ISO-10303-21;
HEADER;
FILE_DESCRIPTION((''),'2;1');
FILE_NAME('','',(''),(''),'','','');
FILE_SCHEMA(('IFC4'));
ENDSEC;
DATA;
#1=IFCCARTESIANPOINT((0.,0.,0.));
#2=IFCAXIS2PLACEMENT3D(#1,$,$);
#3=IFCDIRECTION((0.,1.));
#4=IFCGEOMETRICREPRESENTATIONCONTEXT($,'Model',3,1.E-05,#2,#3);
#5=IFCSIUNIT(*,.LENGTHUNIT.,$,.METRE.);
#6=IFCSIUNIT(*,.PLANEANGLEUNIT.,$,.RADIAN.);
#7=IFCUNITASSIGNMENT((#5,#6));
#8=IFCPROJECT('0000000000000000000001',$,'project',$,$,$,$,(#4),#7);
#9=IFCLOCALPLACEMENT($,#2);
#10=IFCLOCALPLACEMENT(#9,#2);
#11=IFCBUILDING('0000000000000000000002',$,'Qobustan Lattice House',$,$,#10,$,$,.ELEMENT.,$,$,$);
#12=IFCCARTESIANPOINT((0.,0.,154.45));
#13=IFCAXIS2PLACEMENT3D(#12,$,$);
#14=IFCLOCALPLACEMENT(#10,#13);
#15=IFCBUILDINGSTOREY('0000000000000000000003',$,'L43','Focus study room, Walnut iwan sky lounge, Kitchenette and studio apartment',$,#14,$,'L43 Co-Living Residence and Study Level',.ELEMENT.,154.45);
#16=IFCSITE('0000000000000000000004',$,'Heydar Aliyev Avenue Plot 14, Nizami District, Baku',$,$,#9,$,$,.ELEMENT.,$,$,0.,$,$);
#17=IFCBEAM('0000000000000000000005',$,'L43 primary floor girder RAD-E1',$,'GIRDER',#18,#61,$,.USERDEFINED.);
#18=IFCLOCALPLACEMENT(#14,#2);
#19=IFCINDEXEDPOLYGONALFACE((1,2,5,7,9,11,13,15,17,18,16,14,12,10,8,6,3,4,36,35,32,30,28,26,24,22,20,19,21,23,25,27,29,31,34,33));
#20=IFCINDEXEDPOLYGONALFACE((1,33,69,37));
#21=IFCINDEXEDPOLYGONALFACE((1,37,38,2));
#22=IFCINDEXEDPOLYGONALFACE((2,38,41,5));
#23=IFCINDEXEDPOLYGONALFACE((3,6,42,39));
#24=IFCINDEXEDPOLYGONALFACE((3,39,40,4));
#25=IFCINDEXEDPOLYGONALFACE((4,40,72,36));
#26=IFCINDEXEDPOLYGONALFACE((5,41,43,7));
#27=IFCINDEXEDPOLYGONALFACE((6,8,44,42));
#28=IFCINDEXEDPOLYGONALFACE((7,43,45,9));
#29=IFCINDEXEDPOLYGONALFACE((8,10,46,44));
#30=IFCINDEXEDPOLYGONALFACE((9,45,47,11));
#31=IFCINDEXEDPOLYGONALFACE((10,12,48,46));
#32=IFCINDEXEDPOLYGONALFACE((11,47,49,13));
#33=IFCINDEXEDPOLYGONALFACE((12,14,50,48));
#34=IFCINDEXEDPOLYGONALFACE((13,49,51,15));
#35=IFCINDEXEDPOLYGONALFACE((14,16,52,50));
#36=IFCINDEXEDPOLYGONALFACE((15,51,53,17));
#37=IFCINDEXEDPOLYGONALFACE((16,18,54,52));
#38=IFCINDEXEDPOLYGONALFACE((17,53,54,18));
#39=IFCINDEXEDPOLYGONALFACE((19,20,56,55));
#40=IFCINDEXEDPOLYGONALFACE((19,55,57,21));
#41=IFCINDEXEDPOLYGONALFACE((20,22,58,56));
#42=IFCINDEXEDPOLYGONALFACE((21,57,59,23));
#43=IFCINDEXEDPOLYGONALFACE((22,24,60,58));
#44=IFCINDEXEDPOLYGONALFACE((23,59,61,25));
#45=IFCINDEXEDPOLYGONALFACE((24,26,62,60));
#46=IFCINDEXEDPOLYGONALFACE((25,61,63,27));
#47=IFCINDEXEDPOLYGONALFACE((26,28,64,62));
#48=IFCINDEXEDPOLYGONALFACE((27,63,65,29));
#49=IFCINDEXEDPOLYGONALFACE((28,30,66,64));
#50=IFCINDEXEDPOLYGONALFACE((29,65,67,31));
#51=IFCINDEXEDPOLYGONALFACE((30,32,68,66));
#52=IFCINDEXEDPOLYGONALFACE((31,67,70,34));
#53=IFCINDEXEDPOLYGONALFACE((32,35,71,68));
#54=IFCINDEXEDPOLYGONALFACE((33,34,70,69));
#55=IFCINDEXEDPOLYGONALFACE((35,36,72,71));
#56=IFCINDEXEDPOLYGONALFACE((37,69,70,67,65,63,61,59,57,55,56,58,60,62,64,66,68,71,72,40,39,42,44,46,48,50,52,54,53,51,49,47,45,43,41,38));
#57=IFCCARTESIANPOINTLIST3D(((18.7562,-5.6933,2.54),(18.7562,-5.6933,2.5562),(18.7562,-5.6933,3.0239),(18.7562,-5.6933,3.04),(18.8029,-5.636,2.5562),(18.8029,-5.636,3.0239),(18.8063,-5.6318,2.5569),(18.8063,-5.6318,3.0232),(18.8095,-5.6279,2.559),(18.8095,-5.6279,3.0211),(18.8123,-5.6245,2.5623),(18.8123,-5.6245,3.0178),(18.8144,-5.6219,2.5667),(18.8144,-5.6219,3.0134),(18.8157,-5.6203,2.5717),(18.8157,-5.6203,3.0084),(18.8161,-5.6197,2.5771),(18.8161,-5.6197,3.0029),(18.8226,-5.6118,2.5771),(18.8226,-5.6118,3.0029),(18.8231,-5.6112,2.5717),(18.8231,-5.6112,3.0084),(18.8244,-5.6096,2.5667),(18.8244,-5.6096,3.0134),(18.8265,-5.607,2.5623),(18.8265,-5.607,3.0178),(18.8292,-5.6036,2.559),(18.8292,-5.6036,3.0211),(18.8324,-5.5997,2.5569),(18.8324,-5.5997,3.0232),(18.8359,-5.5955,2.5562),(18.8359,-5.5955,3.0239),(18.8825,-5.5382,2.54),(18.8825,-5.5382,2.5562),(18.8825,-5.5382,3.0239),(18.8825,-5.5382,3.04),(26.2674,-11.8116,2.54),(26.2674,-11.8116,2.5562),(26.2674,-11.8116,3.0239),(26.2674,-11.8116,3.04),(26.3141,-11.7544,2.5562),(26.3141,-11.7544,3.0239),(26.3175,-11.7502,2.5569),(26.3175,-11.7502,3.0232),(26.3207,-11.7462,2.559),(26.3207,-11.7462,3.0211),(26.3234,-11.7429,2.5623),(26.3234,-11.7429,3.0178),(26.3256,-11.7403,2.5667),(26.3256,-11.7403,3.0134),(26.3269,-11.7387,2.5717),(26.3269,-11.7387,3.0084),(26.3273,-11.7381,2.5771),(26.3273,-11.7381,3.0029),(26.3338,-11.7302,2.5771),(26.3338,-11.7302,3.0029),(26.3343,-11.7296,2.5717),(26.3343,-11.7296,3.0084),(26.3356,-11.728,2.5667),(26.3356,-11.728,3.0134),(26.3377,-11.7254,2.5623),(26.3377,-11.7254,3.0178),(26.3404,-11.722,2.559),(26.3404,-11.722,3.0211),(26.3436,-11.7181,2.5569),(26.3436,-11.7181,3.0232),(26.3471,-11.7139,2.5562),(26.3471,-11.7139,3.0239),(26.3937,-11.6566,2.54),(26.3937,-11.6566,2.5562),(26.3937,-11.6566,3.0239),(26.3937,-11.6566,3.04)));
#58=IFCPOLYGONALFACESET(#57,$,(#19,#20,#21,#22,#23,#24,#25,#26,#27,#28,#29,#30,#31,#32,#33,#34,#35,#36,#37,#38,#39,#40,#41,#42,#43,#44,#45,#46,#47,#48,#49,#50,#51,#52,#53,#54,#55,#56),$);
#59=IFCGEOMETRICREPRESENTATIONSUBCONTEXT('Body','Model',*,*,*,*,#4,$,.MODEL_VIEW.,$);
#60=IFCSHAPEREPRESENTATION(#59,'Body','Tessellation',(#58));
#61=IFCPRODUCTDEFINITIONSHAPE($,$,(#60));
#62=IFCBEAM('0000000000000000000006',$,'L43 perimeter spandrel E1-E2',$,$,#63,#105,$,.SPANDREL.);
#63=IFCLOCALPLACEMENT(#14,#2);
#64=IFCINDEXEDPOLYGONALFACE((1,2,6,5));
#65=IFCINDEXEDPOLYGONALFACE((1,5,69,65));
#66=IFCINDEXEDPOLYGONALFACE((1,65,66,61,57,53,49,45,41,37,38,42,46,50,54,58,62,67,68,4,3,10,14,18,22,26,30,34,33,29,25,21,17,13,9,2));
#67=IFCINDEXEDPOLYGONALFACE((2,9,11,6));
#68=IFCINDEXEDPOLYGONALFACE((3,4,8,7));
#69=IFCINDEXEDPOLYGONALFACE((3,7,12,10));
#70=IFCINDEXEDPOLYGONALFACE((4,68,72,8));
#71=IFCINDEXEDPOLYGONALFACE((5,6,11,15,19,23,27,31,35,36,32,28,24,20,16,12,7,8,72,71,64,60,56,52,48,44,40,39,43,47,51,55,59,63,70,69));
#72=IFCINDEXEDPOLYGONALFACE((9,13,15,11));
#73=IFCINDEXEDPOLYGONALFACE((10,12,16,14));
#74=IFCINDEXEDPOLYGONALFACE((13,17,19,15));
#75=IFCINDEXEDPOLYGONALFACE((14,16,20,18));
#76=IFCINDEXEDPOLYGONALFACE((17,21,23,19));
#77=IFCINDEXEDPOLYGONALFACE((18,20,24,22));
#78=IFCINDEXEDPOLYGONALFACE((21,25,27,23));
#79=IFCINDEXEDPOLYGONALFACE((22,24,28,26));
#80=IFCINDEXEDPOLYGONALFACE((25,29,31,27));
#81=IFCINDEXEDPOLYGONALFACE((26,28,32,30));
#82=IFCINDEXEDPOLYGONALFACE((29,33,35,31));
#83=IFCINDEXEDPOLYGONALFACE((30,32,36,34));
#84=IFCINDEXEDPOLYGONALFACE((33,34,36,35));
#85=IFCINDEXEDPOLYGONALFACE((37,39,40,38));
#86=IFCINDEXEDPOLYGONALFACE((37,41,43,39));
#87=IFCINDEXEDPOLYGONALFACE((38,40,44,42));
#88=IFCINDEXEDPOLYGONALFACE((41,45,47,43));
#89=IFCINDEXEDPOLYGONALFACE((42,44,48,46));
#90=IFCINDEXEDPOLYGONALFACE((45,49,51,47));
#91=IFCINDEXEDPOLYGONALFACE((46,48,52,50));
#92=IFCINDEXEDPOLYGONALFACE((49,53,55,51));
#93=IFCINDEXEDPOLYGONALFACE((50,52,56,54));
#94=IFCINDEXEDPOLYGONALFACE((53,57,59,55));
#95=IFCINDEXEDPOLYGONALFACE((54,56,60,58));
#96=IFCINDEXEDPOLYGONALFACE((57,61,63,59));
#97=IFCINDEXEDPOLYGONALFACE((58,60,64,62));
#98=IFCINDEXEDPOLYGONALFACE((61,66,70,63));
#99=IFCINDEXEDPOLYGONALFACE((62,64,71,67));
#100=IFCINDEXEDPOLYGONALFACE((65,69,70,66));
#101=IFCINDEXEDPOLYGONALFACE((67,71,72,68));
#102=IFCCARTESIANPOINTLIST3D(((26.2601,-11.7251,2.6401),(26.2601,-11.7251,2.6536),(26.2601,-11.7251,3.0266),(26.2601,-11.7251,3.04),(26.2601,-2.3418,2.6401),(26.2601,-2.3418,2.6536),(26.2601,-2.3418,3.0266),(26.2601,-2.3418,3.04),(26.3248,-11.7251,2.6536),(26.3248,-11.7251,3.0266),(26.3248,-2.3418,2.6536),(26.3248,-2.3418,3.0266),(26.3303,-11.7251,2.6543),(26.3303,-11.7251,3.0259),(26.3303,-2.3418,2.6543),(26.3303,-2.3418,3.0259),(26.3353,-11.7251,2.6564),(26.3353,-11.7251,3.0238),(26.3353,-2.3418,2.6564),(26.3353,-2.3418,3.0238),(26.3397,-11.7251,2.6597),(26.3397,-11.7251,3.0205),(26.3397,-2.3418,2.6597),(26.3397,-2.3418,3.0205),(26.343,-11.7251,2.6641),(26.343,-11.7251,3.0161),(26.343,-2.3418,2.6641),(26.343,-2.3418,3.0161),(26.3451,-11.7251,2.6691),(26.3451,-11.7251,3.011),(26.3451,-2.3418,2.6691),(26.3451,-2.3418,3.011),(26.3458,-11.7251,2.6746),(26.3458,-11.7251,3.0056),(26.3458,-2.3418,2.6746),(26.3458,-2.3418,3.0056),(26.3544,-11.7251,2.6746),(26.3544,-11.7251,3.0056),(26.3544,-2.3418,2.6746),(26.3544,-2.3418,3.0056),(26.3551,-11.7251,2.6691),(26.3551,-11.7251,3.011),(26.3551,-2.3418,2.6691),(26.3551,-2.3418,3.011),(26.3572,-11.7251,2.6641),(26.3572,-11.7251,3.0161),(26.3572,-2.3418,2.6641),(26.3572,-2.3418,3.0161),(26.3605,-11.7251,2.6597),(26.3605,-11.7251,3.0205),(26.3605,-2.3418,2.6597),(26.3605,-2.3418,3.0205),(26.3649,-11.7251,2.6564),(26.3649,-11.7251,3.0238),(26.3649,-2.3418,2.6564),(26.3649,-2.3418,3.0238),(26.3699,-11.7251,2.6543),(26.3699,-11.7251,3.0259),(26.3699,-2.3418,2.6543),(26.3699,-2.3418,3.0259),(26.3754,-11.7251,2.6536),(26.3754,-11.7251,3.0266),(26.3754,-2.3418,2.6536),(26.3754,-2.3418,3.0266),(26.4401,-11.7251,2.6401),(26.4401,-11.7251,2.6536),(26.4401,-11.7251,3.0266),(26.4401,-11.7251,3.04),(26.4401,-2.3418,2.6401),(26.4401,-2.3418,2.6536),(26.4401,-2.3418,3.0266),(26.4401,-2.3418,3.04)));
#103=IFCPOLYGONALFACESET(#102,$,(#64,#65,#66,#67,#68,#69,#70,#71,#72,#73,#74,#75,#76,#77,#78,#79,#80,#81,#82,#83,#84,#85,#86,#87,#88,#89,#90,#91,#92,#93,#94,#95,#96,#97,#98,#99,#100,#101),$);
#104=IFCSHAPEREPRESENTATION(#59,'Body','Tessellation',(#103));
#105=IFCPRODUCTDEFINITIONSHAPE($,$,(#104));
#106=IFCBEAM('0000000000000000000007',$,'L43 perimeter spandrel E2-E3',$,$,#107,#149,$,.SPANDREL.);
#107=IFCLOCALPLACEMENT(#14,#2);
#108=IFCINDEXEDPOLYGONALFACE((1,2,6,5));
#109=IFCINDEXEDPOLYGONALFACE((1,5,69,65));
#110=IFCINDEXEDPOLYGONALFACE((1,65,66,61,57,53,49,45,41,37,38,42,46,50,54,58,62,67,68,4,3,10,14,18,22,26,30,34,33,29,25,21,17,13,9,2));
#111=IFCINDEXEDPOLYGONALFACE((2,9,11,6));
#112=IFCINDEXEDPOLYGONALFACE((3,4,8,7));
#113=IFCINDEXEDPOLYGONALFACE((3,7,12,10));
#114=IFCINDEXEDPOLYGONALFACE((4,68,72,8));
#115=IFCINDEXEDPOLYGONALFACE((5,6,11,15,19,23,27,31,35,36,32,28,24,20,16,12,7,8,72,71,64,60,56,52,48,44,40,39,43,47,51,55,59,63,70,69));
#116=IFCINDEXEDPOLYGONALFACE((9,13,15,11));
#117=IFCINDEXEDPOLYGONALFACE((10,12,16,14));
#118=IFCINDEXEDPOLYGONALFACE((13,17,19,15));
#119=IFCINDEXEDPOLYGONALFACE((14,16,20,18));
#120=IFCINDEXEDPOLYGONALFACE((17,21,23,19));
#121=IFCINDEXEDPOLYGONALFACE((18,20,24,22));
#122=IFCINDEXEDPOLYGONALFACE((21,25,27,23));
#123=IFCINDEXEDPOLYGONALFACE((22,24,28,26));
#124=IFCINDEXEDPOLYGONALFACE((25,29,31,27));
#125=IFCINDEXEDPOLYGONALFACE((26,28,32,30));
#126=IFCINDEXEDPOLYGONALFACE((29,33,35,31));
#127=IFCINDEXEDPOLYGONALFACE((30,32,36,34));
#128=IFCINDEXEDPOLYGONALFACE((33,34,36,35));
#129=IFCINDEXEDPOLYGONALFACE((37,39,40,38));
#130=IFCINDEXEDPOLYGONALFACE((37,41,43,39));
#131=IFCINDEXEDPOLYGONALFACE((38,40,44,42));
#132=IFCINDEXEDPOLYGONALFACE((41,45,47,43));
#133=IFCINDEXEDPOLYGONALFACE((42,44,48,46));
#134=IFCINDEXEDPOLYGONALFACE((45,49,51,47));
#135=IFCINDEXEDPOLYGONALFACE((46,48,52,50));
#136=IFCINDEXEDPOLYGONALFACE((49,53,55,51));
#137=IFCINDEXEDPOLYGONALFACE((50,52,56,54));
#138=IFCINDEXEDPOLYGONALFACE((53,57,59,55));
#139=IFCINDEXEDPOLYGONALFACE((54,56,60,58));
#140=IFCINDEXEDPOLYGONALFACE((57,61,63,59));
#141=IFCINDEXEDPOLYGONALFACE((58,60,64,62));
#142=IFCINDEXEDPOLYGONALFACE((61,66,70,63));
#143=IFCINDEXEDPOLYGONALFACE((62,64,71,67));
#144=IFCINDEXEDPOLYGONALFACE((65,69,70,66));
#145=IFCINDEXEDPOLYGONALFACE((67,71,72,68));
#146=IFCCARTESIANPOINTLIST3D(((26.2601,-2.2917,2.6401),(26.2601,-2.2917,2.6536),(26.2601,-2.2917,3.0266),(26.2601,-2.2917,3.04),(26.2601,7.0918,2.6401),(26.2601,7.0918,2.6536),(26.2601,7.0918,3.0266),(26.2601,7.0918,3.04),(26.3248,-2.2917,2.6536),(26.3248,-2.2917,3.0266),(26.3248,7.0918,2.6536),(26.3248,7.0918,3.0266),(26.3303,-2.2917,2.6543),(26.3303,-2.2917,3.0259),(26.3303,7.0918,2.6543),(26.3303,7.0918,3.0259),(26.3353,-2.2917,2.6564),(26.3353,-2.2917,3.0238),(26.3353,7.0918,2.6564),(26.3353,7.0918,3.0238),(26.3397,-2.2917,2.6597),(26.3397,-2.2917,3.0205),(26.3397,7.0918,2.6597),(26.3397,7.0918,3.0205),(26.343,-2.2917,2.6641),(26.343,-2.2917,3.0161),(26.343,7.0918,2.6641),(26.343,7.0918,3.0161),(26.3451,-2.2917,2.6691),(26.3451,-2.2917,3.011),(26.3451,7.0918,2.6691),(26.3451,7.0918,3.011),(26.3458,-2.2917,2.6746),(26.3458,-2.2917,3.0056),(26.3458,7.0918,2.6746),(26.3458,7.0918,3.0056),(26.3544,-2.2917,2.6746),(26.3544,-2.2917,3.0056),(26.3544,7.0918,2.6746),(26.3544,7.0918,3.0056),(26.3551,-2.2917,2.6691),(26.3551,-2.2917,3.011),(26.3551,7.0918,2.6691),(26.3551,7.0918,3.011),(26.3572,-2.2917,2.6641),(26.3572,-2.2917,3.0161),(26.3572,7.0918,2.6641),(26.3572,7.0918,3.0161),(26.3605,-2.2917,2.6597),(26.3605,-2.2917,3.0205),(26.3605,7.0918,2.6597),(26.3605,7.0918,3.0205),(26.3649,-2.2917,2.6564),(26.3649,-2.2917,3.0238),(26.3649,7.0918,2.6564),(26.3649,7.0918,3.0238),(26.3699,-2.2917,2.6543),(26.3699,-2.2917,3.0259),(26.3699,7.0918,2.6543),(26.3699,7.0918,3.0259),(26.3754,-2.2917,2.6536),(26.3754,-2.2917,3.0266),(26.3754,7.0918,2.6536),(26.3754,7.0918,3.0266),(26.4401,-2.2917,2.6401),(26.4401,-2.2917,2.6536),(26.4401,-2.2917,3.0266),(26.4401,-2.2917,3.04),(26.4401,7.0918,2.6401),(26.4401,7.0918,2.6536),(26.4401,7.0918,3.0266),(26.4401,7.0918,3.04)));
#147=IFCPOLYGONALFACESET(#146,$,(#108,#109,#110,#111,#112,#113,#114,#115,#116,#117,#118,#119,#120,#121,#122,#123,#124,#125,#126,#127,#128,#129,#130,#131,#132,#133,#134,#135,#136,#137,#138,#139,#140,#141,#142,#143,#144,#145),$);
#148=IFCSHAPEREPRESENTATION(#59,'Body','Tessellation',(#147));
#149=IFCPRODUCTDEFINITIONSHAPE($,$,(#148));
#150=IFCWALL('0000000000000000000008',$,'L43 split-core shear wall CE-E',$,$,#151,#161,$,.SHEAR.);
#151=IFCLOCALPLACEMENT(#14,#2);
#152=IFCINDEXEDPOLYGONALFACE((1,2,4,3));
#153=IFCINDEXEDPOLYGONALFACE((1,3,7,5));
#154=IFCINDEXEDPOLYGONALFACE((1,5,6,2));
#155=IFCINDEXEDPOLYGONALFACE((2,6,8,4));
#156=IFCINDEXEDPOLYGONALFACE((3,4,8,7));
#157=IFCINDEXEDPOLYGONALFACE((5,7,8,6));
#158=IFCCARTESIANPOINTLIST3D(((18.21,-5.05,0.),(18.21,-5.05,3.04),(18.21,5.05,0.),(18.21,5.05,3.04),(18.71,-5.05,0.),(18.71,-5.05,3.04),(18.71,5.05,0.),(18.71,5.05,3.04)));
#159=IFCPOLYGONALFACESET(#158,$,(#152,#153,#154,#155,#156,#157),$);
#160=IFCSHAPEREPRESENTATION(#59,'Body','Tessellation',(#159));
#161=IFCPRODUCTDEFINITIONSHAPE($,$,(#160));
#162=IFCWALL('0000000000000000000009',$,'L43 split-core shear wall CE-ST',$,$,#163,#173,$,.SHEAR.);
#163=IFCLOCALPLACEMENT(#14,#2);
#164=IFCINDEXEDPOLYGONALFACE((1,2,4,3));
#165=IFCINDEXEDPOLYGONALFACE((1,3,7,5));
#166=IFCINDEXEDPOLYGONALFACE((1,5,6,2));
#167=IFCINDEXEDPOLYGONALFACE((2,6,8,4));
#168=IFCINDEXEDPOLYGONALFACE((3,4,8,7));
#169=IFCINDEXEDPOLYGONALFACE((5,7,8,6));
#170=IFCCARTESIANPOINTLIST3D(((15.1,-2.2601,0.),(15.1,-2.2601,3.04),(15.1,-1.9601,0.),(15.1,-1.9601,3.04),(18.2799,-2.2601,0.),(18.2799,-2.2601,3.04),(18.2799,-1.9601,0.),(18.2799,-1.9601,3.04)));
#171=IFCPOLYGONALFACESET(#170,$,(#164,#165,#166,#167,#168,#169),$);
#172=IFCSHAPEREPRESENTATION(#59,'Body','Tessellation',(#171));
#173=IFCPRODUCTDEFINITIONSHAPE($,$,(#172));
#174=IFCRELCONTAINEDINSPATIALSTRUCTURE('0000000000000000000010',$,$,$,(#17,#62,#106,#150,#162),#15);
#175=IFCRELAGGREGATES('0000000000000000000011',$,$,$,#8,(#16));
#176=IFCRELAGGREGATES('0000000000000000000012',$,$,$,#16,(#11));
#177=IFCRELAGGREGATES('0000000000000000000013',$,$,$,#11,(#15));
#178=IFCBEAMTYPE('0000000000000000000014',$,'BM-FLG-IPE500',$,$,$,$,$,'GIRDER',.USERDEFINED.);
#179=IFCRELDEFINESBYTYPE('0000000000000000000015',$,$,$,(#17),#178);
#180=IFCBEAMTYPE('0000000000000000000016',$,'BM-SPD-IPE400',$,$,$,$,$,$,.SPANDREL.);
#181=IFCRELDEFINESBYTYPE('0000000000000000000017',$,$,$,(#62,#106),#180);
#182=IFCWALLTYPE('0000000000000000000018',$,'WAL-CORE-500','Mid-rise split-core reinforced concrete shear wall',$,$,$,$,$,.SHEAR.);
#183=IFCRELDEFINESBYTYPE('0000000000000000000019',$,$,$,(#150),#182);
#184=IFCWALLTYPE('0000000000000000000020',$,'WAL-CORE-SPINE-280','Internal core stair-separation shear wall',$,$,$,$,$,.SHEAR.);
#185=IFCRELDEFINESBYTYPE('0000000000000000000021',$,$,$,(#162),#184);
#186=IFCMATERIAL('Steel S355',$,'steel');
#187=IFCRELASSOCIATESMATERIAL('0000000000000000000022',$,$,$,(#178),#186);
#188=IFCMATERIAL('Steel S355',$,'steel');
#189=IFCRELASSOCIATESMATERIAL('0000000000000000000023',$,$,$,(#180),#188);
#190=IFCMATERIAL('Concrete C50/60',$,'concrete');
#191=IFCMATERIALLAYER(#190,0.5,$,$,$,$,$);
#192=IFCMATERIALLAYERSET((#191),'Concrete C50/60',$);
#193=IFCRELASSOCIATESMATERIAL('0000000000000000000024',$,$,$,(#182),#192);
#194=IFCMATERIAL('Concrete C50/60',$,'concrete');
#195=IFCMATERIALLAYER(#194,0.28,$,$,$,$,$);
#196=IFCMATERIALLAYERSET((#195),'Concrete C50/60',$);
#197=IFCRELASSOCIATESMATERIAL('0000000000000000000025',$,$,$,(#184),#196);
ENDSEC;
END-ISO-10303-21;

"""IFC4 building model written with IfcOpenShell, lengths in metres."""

from ifc_helpers import new_model, si_unit, direction, frame, frame_2d, origin, origin_2d, place, context, subcontext, project, spatial, rectangle, i_section, extrude, material, layer, layer_set, material_profile, profile_set, type_object, element, save


model = new_model("IFC4")

# Units and contexts
model_context = context("Model", 3, precision=1e-05, world=origin(), true_north=direction((0.0, 1.0)))
body_context = subcontext(model_context, "Body", "Model", "MODEL_VIEW")
ifc_project = project(units=[si_unit("LENGTHUNIT", "METRE"), si_unit("PLANEANGLEUNIT", "RADIAN")], contexts=[model_context])

# Site, building, storey
site_placement = place(None, origin())
site = spatial("IfcSite", under=ifc_project, at=site_placement, Name="Heydar Aliyev Avenue Plot 14, Nizami District, Baku", CompositionType="ELEMENT", RefElevation=0.0)
building_placement = place(site_placement, origin())
building = spatial("IfcBuilding", under=site, at=building_placement, Name="Qobustan Lattice House", CompositionType="ELEMENT")
storey_placement = place(building_placement, frame((0.0, 0.0, 154.45)))
storey = spatial("IfcBuildingStorey", under=building, at=storey_placement, Name="L43", Description="Focus study room, Walnut iwan sky lounge, Kitchenette and studio apartment", LongName="L43 Co-Living Residence and Study Level", CompositionType="ELEMENT", Elevation=154.45)

# Beams
ifc_material_1 = material(Name="Steel S355", Category="steel")
ifc_material_profile_1 = material_profile(ifc_material_1, i_section(OverallWidth=0.2, OverallDepth=0.5, WebThickness=0.0103, FlangeThickness=0.0161, FilletRadius=0.021, at=origin_2d()), Name="IPE500")
ifc_profile_set_1 = profile_set([ifc_material_profile_1], Name="Steel S355")
beam_type_1 = type_object("IfcBeamType", Name="BM-FLG-IPE500", ElementType="GIRDER", PredefinedType="USERDEFINED", material=ifc_profile_set_1)
beam_1_placement = place(storey_placement, frame((26.3306, -11.7341, 2.79), z_axis=(-0.775329, 0.631558, 0.0), x_axis=(-0.631558, -0.775329, 0.0)))
element("IfcBeam", 1, at=beam_1_placement, inside=storey, type_object=beam_type_1, Name="L43 primary floor girder RAD-E1", ObjectType="GIRDER", PredefinedType="USERDEFINED", context=body_context, shape_type="SweptSolid", body=[
    extrude(i_section(OverallWidth=0.2, OverallDepth=0.5, WebThickness=0.0103, FlangeThickness=0.0161, FilletRadius=0.021, at=origin_2d()), origin(), (0.0, 0.0, 1.0), 9.6877),
])
ifc_material_2 = material(Name="Steel S355", Category="steel")
ifc_material_profile_2 = material_profile(ifc_material_2, i_section(OverallWidth=0.1799, OverallDepth=0.3999, WebThickness=0.0085, FlangeThickness=0.0134, FilletRadius=0.021, at=origin_2d()), Name="IPE400")
ifc_profile_set_2 = profile_set([ifc_material_profile_2], Name="Steel S355")
beam_type_2 = type_object("IfcBeamType", Name="BM-SPD-IPE400", PredefinedType="SPANDREL", material=ifc_profile_set_2)
beam_2_placement = place(storey_placement, frame((26.3501, -11.7251, 2.8401), z_axis=(0.0, 1.0, 0.0), x_axis=(-1.0, 0.0, 0.0)))
element("IfcBeam", 2, at=beam_2_placement, inside=storey, type_object=beam_type_2, Name="L43 perimeter spandrel E1-E2", PredefinedType="SPANDREL", context=body_context, shape_type="SweptSolid", body=[
    extrude(i_section(OverallWidth=0.1799, OverallDepth=0.3999, WebThickness=0.0085, FlangeThickness=0.0134, FilletRadius=0.021, at=origin_2d()), origin(), (0.0, 0.0, 1.0), 9.3833),
])
beam_3_placement = place(storey_placement, frame((26.3501, -2.2917, 2.8401), z_axis=(0.0, 1.0, 0.0), x_axis=(-1.0, 0.0, 0.0)))
element("IfcBeam", 3, at=beam_3_placement, inside=storey, type_object=beam_type_2, Name="L43 perimeter spandrel E2-E3", PredefinedType="SPANDREL", context=body_context, shape_type="SweptSolid", body=[
    extrude(i_section(OverallWidth=0.1799, OverallDepth=0.3999, WebThickness=0.0085, FlangeThickness=0.0134, FilletRadius=0.021, at=origin_2d()), origin(), (0.0, 0.0, 1.0), 9.3835),
])

# Walls
ifc_material_3 = material(Name="Concrete C50/60", Category="concrete")
ifc_layer_1 = layer(ifc_material_3, 0.5)
ifc_layer_set_1 = layer_set([ifc_layer_1], Name="Concrete C50/60")
wall_type_1 = type_object("IfcWallType", Name="WAL-CORE-500", Description="Mid-rise split-core reinforced concrete shear wall", PredefinedType="SHEAR", material=ifc_layer_set_1)
wall_1_placement = place(storey_placement, frame((18.46, -5.05, 0.0), z_axis=(0.0, 0.0, 1.0), x_axis=(0.0, 1.0, 0.0)))
element("IfcWall", 4, at=wall_1_placement, inside=storey, type_object=wall_type_1, Name="L43 split-core shear wall CE-E", PredefinedType="SHEAR", context=body_context, shape_type="SweptSolid", body=[
    extrude(rectangle(XDim=10.1001, YDim=0.5, at=frame_2d((5.05, 0.0))), origin(), (0.0, 0.0, 1.0), 3.04),
])
ifc_material_4 = material(Name="Concrete C50/60", Category="concrete")
ifc_layer_2 = layer(ifc_material_4, 0.28)
ifc_layer_set_2 = layer_set([ifc_layer_2], Name="Concrete C50/60")
wall_type_2 = type_object("IfcWallType", Name="WAL-CORE-SPINE-280", Description="Internal core stair-separation shear wall", PredefinedType="SHEAR", material=ifc_layer_set_2)
wall_2_placement = place(storey_placement, frame((15.1001, -2.1101, 0.0), z_axis=(0.0, 0.0, 1.0), x_axis=(1.0, 0.0, 0.0)))
element("IfcWall", 5, at=wall_2_placement, inside=storey, type_object=wall_type_2, Name="L43 split-core shear wall CE-ST", PredefinedType="SHEAR", context=body_context, shape_type="SweptSolid", body=[
    extrude(rectangle(XDim=3.1799, YDim=0.3, at=frame_2d((1.5898, 0.0))), origin(), (0.0, 0.0, 1.0), 3.04),
])

save(model, "model.ifc")
